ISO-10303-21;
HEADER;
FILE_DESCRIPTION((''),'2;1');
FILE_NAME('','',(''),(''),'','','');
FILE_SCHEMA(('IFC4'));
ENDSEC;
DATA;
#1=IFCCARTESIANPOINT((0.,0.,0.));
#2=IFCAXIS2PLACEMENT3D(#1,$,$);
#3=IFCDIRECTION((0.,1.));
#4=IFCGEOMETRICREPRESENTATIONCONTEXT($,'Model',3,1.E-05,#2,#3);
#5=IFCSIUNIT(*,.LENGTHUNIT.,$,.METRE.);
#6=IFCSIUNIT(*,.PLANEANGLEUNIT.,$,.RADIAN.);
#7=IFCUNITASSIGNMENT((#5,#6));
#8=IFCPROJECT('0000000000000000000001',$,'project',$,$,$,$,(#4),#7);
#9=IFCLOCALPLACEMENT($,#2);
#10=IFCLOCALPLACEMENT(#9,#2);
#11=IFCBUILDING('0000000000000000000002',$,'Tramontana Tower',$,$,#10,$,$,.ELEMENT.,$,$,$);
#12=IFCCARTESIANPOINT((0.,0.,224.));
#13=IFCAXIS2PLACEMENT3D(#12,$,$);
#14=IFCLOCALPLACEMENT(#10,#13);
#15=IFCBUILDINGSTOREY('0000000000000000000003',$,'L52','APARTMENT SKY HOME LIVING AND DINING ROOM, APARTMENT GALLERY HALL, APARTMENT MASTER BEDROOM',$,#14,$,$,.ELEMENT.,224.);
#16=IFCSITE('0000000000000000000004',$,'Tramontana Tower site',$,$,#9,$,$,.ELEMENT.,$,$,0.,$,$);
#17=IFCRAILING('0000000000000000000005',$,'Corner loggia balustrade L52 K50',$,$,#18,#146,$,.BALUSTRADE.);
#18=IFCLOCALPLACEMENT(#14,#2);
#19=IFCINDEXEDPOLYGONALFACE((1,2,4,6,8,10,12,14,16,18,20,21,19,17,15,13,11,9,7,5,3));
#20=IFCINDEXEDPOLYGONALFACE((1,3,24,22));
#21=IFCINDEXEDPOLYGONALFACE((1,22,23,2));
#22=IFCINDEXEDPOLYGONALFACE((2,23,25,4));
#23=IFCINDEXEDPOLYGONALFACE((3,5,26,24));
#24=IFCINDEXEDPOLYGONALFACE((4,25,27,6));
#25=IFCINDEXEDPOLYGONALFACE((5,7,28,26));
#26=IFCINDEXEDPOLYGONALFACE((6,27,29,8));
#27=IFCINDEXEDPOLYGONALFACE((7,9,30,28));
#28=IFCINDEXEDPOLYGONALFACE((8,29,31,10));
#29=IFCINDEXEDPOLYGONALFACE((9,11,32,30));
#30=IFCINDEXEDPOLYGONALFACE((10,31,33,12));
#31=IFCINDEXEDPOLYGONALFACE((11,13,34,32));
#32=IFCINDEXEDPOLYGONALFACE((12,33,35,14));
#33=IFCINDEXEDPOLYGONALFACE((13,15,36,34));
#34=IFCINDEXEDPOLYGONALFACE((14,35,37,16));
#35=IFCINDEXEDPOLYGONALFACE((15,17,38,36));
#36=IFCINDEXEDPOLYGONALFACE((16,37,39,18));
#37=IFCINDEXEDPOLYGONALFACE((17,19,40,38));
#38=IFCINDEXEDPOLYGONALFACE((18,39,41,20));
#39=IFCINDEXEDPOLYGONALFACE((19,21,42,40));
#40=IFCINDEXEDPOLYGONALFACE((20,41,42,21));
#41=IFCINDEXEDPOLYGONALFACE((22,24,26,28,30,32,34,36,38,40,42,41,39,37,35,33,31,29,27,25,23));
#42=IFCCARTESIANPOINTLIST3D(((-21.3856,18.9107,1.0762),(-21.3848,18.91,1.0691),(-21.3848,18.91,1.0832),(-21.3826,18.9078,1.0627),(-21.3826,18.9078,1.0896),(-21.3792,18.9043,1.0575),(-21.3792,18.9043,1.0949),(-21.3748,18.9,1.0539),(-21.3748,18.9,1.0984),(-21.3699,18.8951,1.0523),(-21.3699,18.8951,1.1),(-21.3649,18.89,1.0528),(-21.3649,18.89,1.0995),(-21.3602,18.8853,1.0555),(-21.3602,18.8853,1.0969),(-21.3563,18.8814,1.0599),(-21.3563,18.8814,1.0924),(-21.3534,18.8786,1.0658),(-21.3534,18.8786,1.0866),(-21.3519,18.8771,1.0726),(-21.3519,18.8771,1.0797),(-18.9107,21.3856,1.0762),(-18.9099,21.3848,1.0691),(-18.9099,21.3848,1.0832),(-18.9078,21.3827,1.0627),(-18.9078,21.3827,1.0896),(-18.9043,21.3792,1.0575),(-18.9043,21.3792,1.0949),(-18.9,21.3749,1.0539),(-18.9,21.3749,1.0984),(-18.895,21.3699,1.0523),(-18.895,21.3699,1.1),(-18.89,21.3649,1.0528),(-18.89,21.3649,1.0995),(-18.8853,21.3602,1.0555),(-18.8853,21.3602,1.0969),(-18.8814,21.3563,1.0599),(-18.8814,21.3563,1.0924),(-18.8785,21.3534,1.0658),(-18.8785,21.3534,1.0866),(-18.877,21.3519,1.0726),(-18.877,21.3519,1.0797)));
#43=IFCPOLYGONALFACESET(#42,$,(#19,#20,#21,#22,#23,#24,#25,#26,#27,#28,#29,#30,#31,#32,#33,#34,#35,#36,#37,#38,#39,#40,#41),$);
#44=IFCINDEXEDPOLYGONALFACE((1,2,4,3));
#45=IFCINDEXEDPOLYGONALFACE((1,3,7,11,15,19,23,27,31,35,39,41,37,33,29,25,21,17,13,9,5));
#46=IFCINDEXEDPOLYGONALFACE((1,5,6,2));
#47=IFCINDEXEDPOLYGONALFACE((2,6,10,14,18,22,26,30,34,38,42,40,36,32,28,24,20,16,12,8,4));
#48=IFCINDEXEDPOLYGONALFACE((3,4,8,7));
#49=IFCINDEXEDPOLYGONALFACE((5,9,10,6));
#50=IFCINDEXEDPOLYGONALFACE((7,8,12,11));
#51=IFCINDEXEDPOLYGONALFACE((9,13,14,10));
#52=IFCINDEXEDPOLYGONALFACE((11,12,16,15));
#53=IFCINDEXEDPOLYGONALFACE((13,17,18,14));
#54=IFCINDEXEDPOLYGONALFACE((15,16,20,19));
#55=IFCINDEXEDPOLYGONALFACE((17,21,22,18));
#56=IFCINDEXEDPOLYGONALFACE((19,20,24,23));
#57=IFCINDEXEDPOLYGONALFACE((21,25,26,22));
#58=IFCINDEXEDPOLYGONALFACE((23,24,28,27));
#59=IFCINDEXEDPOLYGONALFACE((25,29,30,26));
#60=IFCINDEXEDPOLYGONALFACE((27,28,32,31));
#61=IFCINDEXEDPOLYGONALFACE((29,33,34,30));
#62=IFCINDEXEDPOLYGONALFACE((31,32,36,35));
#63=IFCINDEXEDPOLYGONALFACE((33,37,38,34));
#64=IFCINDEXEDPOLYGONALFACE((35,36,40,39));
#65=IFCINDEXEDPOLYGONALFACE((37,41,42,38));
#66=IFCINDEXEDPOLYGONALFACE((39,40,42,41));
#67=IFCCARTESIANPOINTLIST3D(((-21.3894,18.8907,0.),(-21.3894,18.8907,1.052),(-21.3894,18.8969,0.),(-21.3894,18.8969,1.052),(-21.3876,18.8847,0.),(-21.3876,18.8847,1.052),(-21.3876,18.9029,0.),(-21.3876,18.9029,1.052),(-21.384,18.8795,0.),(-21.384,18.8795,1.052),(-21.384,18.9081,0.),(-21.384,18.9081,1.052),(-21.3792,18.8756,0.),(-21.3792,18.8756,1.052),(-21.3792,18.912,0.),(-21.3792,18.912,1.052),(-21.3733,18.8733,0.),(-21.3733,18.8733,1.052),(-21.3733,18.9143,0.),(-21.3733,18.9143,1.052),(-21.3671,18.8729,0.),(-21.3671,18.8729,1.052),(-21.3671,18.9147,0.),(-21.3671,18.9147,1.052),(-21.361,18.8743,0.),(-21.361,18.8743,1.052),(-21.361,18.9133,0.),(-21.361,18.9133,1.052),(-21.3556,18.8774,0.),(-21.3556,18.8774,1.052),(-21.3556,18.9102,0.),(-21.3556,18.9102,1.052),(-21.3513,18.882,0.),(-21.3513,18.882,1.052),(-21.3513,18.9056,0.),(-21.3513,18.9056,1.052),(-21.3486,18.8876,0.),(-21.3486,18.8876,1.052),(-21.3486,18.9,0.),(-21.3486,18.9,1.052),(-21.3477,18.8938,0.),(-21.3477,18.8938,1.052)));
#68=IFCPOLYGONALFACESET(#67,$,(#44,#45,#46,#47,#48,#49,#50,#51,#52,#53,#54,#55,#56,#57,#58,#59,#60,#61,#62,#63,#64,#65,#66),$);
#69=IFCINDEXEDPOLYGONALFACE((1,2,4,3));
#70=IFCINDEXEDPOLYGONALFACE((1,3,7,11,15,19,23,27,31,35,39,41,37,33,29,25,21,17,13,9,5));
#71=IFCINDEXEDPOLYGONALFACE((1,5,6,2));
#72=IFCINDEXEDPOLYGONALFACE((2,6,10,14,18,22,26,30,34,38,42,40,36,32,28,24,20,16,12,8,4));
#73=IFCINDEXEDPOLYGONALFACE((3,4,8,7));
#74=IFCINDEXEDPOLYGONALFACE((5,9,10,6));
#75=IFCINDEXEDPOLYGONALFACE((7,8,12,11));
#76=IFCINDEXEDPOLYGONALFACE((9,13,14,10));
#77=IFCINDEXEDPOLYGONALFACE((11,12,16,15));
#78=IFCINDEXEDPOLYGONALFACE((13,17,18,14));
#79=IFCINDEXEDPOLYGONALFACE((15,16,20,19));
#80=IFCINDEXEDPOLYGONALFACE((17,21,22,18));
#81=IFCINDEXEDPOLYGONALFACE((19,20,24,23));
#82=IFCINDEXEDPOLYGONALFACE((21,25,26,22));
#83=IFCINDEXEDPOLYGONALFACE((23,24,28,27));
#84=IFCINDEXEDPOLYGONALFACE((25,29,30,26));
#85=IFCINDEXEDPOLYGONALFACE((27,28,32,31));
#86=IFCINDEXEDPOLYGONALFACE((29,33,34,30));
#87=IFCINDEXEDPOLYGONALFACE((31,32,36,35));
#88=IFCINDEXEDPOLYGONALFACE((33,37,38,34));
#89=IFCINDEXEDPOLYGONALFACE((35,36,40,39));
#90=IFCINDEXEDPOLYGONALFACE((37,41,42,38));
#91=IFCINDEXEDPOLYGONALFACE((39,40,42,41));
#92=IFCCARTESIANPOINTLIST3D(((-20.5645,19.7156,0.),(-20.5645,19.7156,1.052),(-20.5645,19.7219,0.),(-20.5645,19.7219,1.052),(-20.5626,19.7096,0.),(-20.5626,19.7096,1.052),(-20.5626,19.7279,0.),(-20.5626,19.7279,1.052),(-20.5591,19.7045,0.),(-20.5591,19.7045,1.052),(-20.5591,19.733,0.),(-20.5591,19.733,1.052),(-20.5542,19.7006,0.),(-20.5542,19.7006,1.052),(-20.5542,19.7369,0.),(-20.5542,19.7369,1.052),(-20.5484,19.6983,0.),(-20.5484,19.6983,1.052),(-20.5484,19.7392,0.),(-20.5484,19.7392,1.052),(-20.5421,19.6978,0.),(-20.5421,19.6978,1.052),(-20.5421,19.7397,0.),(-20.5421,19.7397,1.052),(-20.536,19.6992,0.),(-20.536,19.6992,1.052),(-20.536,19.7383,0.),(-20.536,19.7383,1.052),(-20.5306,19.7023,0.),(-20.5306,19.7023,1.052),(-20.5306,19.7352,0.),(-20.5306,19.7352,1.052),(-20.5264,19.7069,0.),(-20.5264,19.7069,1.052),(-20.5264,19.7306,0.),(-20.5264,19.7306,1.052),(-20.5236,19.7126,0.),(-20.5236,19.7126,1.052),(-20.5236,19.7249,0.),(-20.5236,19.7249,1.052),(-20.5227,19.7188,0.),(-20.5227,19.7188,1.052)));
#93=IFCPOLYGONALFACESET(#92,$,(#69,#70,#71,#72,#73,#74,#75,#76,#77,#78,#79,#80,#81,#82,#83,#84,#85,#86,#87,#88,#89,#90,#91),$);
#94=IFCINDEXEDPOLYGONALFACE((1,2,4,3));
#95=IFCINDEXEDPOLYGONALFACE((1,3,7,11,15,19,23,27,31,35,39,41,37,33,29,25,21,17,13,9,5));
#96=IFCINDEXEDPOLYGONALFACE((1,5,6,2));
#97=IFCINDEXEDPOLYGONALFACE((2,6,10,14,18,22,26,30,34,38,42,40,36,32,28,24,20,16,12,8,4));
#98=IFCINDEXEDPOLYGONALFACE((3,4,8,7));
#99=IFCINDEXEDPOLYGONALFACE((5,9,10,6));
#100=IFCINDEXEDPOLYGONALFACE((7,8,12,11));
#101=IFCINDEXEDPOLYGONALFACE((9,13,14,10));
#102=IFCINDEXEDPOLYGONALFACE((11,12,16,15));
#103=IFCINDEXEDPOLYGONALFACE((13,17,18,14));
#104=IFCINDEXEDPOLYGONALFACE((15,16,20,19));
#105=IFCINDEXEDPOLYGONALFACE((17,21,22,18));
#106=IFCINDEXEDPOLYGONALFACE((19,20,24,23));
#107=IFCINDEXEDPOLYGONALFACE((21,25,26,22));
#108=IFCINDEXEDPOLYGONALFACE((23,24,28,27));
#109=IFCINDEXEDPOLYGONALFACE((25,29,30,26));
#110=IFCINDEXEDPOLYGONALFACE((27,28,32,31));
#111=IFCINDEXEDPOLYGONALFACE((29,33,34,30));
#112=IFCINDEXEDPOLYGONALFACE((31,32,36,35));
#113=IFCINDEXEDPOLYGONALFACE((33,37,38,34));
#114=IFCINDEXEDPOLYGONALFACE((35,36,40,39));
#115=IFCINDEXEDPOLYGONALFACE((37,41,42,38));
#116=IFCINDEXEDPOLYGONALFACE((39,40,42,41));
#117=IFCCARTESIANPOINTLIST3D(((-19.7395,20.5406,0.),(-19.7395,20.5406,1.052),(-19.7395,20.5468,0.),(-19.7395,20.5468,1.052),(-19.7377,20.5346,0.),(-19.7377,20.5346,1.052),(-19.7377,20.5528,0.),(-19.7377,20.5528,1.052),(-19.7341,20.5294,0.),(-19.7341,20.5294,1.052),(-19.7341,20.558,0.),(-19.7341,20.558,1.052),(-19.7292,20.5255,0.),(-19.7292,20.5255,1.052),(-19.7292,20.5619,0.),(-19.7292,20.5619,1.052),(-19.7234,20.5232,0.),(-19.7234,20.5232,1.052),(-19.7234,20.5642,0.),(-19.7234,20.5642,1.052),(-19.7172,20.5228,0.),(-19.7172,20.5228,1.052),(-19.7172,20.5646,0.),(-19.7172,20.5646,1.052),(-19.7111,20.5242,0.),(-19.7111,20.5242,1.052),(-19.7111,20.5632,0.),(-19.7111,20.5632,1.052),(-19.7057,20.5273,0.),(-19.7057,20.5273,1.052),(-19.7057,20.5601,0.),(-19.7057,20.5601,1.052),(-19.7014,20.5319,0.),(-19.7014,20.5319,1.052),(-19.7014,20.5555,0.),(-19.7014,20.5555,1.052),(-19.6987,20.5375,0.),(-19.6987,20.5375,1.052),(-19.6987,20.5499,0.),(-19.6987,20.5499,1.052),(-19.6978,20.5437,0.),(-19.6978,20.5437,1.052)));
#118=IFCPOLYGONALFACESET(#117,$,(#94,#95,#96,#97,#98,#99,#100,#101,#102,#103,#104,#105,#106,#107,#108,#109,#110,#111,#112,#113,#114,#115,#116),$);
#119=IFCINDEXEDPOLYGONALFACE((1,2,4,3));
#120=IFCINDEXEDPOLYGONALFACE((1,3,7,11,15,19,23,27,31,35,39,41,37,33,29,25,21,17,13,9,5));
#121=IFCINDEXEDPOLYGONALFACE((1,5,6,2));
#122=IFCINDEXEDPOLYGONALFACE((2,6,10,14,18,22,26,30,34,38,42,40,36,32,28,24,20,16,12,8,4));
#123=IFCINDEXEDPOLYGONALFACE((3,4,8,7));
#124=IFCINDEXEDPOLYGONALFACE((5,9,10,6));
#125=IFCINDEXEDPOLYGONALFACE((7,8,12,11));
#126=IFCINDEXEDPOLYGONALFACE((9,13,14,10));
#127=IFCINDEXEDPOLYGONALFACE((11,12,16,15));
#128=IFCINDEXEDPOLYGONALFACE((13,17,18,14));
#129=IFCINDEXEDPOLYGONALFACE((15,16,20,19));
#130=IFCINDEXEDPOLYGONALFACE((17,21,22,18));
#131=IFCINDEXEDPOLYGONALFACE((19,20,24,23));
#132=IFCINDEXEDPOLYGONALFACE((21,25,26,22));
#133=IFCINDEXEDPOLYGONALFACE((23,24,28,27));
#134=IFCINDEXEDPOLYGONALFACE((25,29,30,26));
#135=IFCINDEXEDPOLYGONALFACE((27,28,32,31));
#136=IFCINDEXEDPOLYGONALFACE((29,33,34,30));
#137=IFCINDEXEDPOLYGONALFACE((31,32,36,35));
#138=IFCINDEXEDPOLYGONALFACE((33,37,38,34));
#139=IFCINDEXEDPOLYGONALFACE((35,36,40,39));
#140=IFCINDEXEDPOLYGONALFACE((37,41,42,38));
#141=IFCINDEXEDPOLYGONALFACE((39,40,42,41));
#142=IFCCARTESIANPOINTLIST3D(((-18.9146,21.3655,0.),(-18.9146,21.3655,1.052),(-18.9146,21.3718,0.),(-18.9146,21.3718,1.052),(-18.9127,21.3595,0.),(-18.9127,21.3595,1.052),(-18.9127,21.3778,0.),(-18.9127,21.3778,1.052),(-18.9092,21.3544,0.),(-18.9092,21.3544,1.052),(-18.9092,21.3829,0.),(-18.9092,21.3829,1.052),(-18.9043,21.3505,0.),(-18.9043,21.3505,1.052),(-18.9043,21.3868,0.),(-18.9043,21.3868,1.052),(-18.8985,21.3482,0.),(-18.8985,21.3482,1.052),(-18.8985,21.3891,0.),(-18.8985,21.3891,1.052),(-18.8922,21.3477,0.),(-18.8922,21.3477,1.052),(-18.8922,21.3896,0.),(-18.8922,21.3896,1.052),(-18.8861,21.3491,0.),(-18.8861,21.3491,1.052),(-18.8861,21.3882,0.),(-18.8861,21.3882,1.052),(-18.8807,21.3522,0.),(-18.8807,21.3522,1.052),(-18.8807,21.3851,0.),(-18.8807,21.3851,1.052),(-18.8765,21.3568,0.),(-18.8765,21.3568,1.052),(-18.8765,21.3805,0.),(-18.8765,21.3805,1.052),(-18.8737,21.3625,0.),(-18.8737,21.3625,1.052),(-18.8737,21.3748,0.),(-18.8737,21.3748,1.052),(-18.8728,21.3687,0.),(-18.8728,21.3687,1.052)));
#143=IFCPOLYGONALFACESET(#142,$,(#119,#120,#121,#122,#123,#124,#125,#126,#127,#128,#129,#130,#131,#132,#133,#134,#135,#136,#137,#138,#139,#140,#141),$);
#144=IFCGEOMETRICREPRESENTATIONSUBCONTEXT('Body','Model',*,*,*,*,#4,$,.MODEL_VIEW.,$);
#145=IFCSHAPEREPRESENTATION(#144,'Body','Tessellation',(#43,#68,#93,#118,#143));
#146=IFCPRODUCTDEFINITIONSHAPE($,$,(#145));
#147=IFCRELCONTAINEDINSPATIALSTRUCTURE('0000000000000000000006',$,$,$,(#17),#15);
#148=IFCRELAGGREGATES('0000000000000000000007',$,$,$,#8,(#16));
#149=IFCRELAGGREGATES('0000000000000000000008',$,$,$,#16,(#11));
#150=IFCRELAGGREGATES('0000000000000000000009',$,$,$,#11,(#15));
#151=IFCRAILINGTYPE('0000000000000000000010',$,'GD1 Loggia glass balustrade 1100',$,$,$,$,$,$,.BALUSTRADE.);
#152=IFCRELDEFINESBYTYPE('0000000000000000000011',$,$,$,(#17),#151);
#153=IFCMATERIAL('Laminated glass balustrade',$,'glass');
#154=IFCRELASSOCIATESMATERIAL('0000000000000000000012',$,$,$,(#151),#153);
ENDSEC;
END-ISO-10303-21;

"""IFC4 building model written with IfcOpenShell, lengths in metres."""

from ifc_helpers import new_model, si_unit, direction, frame, origin, origin_2d, place, context, subcontext, project, spatial, circle, extrude, material, type_object, element, save


model = new_model("IFC4")

# Units and contexts
model_context = context("Model", 3, precision=1e-05, world=origin(), true_north=direction((0.0, 1.0)))
body_context = subcontext(model_context, "Body", "Model", "MODEL_VIEW")
ifc_project = project(units=[si_unit("LENGTHUNIT", "METRE"), si_unit("PLANEANGLEUNIT", "RADIAN")], contexts=[model_context])

# Site, building, storey
site_placement = place(None, origin())
site = spatial("IfcSite", under=ifc_project, at=site_placement, Name="Tramontana Tower site", CompositionType="ELEMENT", RefElevation=0.0)
building_placement = place(site_placement, origin())
building = spatial("IfcBuilding", under=site, at=building_placement, Name="Tramontana Tower", CompositionType="ELEMENT")
storey_placement = place(building_placement, frame((0.0, 0.0, 224.0)))
storey = spatial("IfcBuildingStorey", under=building, at=storey_placement, Name="L52", Description="APARTMENT SKY HOME LIVING AND DINING ROOM, APARTMENT GALLERY HALL, APARTMENT MASTER BEDROOM", CompositionType="ELEMENT", Elevation=224.0)

# Railing
ifc_material_1 = material(Name="Laminated glass balustrade", Category="glass")
railing_type = type_object("IfcRailingType", Name="GD1 Loggia glass balustrade 1100", PredefinedType="BALUSTRADE", material=ifc_material_1)
railing_placement = place(storey_placement, frame((-21.3687, 18.8938, 0.0)))
element("IfcRailing", 1, at=railing_placement, inside=storey, type_object=railing_type, Name="Corner loggia balustrade L52 K50", PredefinedType="BALUSTRADE", context=body_context, shape_type="SweptSolid", body=[
    extrude(circle(Radius=0.0239, at=origin_2d()), frame((0.0, 0.0, 1.0762), z_axis=(0.707107, 0.707107, 0.0), x_axis=(-0.707107, 0.707107, 0.0)), (0.0, 0.0, 1.0), 3.5),
    extrude(circle(Radius=0.021, at=origin_2d()), origin(), (0.0, 0.0, 1.0), 1.052),
    extrude(circle(Radius=0.021, at=origin_2d()), frame((0.825, 0.825, 0.0)), (0.0, 0.0, 1.0), 1.052),
    extrude(circle(Radius=0.021, at=origin_2d()), frame((1.6499, 1.6499, 0.0)), (0.0, 0.0, 1.0), 1.052),
    extrude(circle(Radius=0.021, at=origin_2d()), frame((2.4749, 2.4749, 0.0)), (0.0, 0.0, 1.0), 1.052),
])

save(model, "model.ifc")
